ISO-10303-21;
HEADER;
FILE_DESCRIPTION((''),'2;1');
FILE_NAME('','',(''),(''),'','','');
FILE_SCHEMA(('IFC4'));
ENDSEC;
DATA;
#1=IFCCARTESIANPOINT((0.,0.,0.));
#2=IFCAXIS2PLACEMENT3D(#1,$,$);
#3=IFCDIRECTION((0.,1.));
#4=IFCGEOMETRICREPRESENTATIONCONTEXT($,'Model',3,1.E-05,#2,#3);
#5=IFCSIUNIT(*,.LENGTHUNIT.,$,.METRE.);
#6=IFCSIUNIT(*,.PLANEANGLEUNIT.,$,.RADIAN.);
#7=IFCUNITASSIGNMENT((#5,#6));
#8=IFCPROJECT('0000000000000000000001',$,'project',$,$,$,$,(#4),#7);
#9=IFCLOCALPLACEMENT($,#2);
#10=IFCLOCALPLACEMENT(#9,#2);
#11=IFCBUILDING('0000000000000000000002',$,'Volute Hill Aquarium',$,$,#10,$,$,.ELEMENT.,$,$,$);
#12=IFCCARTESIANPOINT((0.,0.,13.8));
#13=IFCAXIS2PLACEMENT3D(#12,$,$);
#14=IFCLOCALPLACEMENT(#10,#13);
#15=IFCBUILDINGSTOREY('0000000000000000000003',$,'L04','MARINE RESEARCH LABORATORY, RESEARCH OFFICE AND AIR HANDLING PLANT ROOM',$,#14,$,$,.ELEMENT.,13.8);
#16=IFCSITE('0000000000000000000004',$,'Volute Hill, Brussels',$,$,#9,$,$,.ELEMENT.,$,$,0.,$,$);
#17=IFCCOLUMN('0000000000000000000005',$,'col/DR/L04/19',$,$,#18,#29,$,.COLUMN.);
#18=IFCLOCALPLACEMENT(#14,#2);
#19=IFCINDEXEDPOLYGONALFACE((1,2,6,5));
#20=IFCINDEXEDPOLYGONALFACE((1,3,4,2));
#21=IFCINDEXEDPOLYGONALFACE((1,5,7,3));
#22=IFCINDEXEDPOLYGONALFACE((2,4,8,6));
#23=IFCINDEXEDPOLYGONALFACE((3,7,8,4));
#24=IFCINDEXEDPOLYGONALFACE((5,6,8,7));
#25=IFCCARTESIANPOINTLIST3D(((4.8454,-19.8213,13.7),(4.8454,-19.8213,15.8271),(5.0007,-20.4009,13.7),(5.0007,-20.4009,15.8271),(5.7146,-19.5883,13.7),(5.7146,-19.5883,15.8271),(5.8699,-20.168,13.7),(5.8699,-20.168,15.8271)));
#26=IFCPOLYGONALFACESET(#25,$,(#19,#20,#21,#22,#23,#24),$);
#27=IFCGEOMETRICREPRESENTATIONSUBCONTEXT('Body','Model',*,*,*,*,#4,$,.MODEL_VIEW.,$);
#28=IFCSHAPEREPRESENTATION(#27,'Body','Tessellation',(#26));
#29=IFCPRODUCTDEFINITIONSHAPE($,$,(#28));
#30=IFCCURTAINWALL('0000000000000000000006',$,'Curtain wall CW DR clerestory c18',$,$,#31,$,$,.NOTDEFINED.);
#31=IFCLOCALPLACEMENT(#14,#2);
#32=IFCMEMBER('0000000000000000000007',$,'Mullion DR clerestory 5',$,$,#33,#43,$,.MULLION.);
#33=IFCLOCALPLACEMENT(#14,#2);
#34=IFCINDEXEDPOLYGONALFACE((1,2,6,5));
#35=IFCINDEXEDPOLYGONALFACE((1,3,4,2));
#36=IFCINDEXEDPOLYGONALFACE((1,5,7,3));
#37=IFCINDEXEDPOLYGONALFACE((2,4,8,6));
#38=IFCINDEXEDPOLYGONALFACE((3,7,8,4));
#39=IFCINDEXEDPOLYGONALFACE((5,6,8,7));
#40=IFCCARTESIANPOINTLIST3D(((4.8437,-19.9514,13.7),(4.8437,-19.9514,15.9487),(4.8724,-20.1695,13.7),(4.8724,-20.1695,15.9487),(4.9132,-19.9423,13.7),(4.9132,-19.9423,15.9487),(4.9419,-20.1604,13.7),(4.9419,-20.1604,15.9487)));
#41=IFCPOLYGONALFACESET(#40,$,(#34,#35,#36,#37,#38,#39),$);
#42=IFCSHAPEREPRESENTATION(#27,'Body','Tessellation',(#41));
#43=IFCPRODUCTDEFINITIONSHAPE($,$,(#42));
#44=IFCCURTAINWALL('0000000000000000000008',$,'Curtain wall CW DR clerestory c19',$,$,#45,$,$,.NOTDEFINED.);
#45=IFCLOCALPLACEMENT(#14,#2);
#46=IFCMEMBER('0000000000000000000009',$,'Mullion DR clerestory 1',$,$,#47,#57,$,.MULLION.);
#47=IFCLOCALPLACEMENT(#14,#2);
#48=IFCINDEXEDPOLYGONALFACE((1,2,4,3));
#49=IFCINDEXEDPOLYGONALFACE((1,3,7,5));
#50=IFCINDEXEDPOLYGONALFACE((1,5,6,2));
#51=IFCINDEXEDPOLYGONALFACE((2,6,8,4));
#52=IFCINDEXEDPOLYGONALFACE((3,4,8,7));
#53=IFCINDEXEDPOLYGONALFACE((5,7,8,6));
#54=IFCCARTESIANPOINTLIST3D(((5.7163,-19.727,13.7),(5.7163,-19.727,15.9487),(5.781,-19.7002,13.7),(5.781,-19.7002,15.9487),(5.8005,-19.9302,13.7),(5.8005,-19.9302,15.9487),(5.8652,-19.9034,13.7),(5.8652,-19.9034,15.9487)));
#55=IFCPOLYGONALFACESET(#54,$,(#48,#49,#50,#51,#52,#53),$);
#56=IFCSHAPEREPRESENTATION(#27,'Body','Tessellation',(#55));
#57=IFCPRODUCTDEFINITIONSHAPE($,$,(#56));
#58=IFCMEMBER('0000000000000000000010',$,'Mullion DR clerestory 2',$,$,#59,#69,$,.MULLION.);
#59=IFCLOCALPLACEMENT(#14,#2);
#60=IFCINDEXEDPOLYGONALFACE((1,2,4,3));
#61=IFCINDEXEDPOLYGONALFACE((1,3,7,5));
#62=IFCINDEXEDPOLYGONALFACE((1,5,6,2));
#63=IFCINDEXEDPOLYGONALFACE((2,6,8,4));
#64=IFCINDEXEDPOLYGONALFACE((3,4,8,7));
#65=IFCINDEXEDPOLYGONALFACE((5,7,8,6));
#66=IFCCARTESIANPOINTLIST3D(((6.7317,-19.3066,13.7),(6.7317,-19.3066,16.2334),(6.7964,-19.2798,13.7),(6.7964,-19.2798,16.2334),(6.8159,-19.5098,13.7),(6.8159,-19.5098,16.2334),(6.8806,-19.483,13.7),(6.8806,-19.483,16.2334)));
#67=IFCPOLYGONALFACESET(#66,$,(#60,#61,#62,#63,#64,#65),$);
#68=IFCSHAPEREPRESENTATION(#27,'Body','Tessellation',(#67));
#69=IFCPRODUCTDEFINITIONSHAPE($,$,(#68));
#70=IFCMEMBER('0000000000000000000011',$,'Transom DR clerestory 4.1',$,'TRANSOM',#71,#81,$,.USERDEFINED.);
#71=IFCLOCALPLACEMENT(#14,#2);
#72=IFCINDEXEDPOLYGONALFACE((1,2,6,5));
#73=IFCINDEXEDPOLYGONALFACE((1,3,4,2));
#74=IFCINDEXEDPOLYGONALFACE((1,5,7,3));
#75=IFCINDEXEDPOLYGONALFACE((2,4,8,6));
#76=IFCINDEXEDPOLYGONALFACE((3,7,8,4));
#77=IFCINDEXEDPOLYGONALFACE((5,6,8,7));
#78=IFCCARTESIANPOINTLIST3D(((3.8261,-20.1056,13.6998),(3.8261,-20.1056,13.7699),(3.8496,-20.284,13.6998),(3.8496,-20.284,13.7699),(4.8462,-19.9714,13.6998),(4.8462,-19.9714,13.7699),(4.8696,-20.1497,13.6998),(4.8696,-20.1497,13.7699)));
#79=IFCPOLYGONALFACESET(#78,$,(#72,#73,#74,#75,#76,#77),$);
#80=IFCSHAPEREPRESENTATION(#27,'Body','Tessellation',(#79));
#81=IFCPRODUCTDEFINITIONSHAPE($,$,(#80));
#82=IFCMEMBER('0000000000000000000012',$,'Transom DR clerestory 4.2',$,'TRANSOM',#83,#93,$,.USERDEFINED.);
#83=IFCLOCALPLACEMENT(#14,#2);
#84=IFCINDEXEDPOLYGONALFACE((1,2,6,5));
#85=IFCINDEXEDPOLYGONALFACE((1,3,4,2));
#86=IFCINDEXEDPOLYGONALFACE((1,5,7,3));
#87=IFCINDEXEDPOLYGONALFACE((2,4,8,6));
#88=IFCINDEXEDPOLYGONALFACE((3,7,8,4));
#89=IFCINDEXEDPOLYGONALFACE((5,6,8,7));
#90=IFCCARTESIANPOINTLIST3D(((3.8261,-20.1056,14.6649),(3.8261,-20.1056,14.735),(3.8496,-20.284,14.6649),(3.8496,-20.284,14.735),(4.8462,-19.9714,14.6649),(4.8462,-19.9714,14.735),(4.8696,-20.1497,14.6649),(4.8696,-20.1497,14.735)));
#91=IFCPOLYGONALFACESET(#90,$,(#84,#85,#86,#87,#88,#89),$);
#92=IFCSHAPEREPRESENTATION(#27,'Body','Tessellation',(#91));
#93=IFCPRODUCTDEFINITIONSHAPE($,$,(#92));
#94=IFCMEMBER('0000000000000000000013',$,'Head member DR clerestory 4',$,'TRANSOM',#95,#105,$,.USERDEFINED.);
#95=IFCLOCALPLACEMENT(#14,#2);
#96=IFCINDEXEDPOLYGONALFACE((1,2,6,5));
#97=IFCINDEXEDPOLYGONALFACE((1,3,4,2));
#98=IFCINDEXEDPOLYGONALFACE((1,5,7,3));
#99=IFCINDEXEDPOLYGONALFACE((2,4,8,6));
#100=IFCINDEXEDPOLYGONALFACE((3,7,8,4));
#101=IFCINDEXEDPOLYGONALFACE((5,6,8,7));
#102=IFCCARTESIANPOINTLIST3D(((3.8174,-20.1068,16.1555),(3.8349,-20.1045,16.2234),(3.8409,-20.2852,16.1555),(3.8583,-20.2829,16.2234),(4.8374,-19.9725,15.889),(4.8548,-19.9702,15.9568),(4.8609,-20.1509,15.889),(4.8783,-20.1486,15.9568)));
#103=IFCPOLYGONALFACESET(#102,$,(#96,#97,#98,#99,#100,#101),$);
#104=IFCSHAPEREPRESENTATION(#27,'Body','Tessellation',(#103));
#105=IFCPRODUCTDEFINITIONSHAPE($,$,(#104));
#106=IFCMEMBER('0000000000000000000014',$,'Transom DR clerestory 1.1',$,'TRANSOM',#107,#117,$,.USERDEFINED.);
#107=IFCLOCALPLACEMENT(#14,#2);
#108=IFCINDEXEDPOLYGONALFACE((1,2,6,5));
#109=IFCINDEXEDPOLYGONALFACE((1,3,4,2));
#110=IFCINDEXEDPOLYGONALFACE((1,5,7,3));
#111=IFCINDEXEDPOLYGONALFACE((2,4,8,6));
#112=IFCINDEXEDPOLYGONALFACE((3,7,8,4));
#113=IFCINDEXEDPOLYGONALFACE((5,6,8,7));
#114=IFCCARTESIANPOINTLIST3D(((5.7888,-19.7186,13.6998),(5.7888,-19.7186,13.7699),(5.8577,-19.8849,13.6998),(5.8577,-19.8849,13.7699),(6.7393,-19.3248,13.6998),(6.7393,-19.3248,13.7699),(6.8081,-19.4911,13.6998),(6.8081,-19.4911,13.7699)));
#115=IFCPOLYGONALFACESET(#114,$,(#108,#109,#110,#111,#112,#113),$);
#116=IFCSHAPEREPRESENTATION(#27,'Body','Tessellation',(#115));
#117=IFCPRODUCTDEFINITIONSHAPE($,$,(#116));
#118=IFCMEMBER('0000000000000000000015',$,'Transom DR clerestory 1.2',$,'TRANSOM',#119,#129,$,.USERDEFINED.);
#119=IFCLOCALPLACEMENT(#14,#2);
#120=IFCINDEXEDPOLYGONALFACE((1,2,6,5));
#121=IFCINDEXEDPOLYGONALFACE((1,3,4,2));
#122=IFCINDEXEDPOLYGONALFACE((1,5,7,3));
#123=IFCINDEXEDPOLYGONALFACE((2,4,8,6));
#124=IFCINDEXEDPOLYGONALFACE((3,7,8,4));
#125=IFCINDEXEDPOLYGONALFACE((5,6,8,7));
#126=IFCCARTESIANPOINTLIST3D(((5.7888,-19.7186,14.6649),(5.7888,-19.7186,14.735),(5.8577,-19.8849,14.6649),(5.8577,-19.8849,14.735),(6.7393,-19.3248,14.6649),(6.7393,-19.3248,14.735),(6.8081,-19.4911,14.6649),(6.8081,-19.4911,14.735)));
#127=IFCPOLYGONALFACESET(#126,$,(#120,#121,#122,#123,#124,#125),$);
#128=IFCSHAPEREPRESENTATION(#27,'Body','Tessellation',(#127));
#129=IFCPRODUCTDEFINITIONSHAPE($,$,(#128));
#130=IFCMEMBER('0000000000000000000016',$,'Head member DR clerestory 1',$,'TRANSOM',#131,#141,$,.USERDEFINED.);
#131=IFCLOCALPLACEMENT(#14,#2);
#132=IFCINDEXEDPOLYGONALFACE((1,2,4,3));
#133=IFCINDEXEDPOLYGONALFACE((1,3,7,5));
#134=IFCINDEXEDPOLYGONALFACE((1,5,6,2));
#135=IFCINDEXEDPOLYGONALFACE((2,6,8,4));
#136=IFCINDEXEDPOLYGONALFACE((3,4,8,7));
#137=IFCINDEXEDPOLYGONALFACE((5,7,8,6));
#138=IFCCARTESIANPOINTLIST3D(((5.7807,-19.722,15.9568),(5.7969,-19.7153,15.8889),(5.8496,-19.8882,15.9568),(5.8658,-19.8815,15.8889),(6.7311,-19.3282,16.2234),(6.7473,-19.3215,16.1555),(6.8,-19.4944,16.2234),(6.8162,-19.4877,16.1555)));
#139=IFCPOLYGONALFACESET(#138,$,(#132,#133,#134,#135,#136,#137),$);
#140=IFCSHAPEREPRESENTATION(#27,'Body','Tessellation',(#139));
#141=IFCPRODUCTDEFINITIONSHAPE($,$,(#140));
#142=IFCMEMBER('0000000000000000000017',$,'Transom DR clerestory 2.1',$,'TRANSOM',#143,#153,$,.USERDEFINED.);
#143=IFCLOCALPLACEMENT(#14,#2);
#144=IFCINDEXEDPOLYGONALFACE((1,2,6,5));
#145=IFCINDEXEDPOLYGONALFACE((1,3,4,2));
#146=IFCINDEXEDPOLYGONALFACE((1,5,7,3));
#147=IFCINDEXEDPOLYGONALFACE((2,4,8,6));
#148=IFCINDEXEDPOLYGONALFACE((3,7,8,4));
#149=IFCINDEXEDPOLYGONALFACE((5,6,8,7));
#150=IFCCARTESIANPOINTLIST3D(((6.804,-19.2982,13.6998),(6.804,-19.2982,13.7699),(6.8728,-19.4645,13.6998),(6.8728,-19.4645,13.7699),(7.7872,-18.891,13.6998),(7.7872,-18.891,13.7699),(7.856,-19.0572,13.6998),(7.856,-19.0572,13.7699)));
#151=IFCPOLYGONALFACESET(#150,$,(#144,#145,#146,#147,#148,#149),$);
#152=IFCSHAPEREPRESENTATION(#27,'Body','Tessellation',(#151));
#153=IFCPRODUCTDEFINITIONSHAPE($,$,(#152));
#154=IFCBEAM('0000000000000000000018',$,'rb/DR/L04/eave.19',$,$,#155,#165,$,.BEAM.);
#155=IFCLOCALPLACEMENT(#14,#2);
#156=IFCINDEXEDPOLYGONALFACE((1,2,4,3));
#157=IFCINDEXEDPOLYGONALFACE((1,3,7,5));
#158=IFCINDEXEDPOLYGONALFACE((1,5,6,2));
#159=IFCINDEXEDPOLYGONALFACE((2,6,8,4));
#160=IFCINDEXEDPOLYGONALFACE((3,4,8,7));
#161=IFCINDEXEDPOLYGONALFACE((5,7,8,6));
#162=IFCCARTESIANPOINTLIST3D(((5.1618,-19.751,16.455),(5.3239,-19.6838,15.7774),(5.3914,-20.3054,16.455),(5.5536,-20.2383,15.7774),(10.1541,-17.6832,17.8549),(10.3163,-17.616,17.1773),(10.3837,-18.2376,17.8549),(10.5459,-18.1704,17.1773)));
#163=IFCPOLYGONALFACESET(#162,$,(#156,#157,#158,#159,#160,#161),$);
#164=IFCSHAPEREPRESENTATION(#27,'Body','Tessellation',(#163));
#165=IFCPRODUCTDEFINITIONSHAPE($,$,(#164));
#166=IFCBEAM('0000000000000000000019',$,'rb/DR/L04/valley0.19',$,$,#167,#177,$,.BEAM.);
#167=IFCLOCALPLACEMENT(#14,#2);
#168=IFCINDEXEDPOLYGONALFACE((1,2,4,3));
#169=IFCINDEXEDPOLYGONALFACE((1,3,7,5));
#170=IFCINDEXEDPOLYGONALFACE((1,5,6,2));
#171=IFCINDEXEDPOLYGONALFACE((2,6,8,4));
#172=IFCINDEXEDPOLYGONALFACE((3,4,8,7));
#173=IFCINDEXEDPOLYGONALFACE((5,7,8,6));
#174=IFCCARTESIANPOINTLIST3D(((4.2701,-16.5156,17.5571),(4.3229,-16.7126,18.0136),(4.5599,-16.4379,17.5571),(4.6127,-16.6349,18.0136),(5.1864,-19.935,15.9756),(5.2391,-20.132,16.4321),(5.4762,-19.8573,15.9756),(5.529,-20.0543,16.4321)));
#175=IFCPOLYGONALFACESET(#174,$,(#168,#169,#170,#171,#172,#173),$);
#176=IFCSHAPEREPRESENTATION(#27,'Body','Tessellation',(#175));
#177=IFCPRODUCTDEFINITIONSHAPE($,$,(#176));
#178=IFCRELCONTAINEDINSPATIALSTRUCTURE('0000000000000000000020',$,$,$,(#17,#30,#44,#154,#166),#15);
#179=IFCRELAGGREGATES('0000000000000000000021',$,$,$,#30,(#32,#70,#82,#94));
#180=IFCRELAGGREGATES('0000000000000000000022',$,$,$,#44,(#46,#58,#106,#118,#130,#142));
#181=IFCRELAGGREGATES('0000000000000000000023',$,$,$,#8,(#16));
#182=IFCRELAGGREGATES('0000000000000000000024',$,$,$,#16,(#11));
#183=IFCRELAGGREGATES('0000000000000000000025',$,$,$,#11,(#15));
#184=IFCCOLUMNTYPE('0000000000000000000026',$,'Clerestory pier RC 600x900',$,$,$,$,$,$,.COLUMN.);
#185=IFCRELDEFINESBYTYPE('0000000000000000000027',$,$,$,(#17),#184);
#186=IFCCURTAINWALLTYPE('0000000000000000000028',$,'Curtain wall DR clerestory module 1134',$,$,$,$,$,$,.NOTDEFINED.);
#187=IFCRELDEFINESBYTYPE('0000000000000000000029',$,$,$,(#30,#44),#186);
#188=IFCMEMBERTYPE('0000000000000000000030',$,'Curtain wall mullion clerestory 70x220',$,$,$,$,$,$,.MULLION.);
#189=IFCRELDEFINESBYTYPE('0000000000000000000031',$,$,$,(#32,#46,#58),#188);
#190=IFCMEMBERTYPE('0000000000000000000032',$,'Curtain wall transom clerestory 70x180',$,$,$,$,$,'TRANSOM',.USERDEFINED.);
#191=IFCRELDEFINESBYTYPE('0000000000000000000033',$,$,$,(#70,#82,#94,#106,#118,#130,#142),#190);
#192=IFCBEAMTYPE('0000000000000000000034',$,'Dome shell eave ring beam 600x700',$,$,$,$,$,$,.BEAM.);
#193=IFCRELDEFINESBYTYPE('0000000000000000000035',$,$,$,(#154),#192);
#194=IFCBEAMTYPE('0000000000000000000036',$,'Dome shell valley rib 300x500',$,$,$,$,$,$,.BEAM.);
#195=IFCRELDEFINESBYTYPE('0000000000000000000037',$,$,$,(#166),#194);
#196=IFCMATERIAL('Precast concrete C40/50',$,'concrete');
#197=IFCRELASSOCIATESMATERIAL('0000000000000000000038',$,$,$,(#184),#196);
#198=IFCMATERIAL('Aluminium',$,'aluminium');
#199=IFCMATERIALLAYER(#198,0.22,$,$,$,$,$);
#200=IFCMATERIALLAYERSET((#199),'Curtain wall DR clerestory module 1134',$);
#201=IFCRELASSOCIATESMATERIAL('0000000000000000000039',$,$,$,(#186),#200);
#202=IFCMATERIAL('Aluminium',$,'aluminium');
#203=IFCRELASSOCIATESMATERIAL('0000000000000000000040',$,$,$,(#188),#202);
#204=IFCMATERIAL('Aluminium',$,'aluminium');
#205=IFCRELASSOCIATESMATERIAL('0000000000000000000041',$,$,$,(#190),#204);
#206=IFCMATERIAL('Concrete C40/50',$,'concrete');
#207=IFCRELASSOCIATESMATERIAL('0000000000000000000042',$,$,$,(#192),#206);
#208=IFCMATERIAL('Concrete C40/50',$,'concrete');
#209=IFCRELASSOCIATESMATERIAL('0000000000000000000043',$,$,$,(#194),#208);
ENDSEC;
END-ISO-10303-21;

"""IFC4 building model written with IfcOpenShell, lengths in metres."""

from ifc_helpers import new_model, si_unit, direction, frame, origin, origin_2d, place, context, subcontext, project, spatial, rectangle, extrude, material, layer, layer_set, material_profile, profile_set, type_object, element, aggregate, save


model = new_model("IFC4")

# Units and contexts
model_context = context("Model", 3, precision=1e-05, world=origin(), true_north=direction((0.0, 1.0)))
body_context = subcontext(model_context, "Body", "Model", "MODEL_VIEW")
ifc_project = project(units=[si_unit("LENGTHUNIT", "METRE"), si_unit("PLANEANGLEUNIT", "RADIAN")], contexts=[model_context])

# Site, building, storey
site_placement = place(None, origin())
site = spatial("IfcSite", under=ifc_project, at=site_placement, Name="Volute Hill, Brussels", CompositionType="ELEMENT", RefElevation=0.0)
building_placement = place(site_placement, origin())
building = spatial("IfcBuilding", under=site, at=building_placement, Name="Volute Hill Aquarium", CompositionType="ELEMENT")
storey_placement = place(building_placement, frame((0.0, 0.0, 13.8)))
storey = spatial("IfcBuildingStorey", under=building, at=storey_placement, Name="L04", Description="MARINE RESEARCH LABORATORY, RESEARCH OFFICE AND AIR HANDLING PLANT ROOM", CompositionType="ELEMENT", Elevation=13.8)

# Column
ifc_material_1 = material(Name="Precast concrete C40/50", Category="concrete")
ifc_material_profile_1 = material_profile(ifc_material_1, rectangle(XDim=0.6001, YDim=0.8999, at=origin_2d()), Name="RC pier 600x900")
ifc_profile_set_1 = profile_set([ifc_material_profile_1], Name="Precast concrete C40/50")
column_type = type_object("IfcColumnType", Name="Clerestory pier RC 600x900", PredefinedType="COLUMN", material=ifc_profile_set_1)
column_placement = place(storey_placement, frame((5.3577, -19.9946, 13.7), z_axis=(0.0, 0.0, 1.0), x_axis=(0.258819, -0.965926, 0.0)))
element("IfcColumn", 1, at=column_placement, inside=storey, type_object=column_type, Name="col/DR/L04/19", PredefinedType="COLUMN", context=body_context, shape_type="SweptSolid", body=[
    extrude(rectangle(XDim=0.6001, YDim=0.8999, at=origin_2d()), origin(), (0.0, 0.0, 1.0), 2.1272),
])

# Curtain wall, member
ifc_material_2 = material(Name="Aluminium", Category="aluminium")
ifc_layer_1 = layer(ifc_material_2, 0.22)
ifc_layer_set_1 = layer_set([ifc_layer_1], Name="Curtain wall DR clerestory module 1134")
curtain_wall_type = type_object("IfcCurtainWallType", Name="Curtain wall DR clerestory module 1134", PredefinedType="NOTDEFINED", material=ifc_layer_set_1)
curtain_wall_1_placement = place(storey_placement, origin())
curtain_wall_1 = element("IfcCurtainWall", 2, at=curtain_wall_1_placement, inside=storey, type_object=curtain_wall_type, Name="Curtain wall CW DR clerestory c18", PredefinedType="NOTDEFINED")
ifc_material_3 = material(Name="Aluminium", Category="aluminium")
ifc_material_profile_2 = material_profile(ifc_material_3, rectangle(XDim=0.22, YDim=0.0701, at=origin_2d()), Name="Curtain wall mullion clerestory 70x220")
ifc_profile_set_2 = profile_set([ifc_material_profile_2], Name="Aluminium")
member_type_1 = type_object("IfcMemberType", Name="Curtain wall mullion clerestory 70x220", PredefinedType="MULLION", material=ifc_profile_set_2)
member_1_placement = place(storey_placement, frame((4.8928, -20.0559, 13.7), z_axis=(0.0, 0.0, 1.0), x_axis=(-0.130519, 0.991446, 0.0)))
member_1 = element("IfcMember", 3, at=member_1_placement, type_object=member_type_1, Name="Mullion DR clerestory 5", PredefinedType="MULLION", context=body_context, shape_type="SweptSolid", body=[
    extrude(rectangle(XDim=0.22, YDim=0.0701, at=origin_2d()), origin(), (0.0, 0.0, 1.0), 2.2488),
])

# Curtain wall, members
curtain_wall_2_placement = place(storey_placement, origin())
curtain_wall_2 = element("IfcCurtainWall", 4, at=curtain_wall_2_placement, inside=storey, type_object=curtain_wall_type, Name="Curtain wall CW DR clerestory c19", PredefinedType="NOTDEFINED")
member_2_placement = place(storey_placement, frame((5.7908, -19.8152, 13.7), z_axis=(0.0, 0.0, 1.0), x_axis=(-0.382696, 0.923874, 0.0)))
member_2 = element("IfcMember", 5, at=member_2_placement, type_object=member_type_1, Name="Mullion DR clerestory 1", PredefinedType="MULLION", context=body_context, shape_type="SweptSolid", body=[
    extrude(rectangle(XDim=0.22, YDim=0.0701, at=origin_2d()), origin(), (0.0, 0.0, 1.0), 2.2488),
])
member_3_placement = place(storey_placement, frame((6.8062, -19.3948, 13.7), z_axis=(0.0, 0.0, 1.0), x_axis=(-0.382696, 0.923874, 0.0)))
member_3 = element("IfcMember", 6, at=member_3_placement, type_object=member_type_1, Name="Mullion DR clerestory 2", PredefinedType="MULLION", context=body_context, shape_type="SweptSolid", body=[
    extrude(rectangle(XDim=0.22, YDim=0.0701, at=origin_2d()), origin(), (0.0, 0.0, 1.0), 2.5334),
])

# Members
ifc_material_4 = material(Name="Aluminium", Category="aluminium")
ifc_material_profile_3 = material_profile(ifc_material_4, rectangle(XDim=0.1799, YDim=0.0701, at=origin_2d()), Name="Curtain wall transom clerestory 70x180")
ifc_profile_set_3 = profile_set([ifc_material_profile_3], Name="Aluminium")
member_type_2 = type_object("IfcMemberType", Name="Curtain wall transom clerestory 70x180", ElementType="TRANSOM", PredefinedType="USERDEFINED", material=ifc_profile_set_3)
member_4_placement = place(storey_placement, frame((3.8379, -20.1948, 13.7349), z_axis=(0.991446, 0.130516, 0.0), x_axis=(-0.130516, 0.991446, 0.0)))
member_4 = element("IfcMember", 7, at=member_4_placement, type_object=member_type_2, Name="Transom DR clerestory 4.1", ObjectType="TRANSOM", PredefinedType="USERDEFINED", context=body_context, shape_type="SweptSolid", body=[
    extrude(rectangle(XDim=0.1799, YDim=0.0701, at=origin_2d()), origin(), (0.0, 0.0, 1.0), 1.0288),
])
member_5_placement = place(storey_placement, frame((3.8379, -20.1948, 14.7), z_axis=(0.991446, 0.130516, 0.0), x_axis=(-0.130516, 0.991446, 0.0)))
member_5 = element("IfcMember", 8, at=member_5_placement, type_object=member_type_2, Name="Transom DR clerestory 4.2", ObjectType="TRANSOM", PredefinedType="USERDEFINED", context=body_context, shape_type="SweptSolid", body=[
    extrude(rectangle(XDim=0.1799, YDim=0.0701, at=origin_2d()), origin(), (0.0, 0.0, 1.0), 1.0288),
])
member_6_placement = place(storey_placement, frame((3.8379, -20.1948, 16.1895), z_axis=(0.959746, 0.126343, -0.250848), x_axis=(-0.130516, 0.991446, 0.0)))
member_6 = element("IfcMember", 9, at=member_6_placement, type_object=member_type_2, Name="Head member DR clerestory 4", ObjectType="TRANSOM", PredefinedType="USERDEFINED", context=body_context, shape_type="SweptSolid", body=[
    extrude(rectangle(XDim=0.1799, YDim=0.0701, at=origin_2d()), origin(), (0.0, 0.0, 1.0), 1.0627),
])
member_7_placement = place(storey_placement, frame((5.8232, -19.8018, 13.7349), z_axis=(0.92384, 0.382778, 0.0), x_axis=(-0.382778, 0.92384, 0.0)))
member_7 = element("IfcMember", 10, at=member_7_placement, type_object=member_type_2, Name="Transom DR clerestory 1.1", ObjectType="TRANSOM", PredefinedType="USERDEFINED", context=body_context, shape_type="SweptSolid", body=[
    extrude(rectangle(XDim=0.1799, YDim=0.0701, at=origin_2d()), origin(), (0.0, 0.0, 1.0), 1.0288),
])
member_8_placement = place(storey_placement, frame((5.8232, -19.8018, 14.7), z_axis=(0.92384, 0.382778, 0.0), x_axis=(-0.382778, 0.92384, 0.0)))
member_8 = element("IfcMember", 11, at=member_8_placement, type_object=member_type_2, Name="Transom DR clerestory 1.2", ObjectType="TRANSOM", PredefinedType="USERDEFINED", context=body_context, shape_type="SweptSolid", body=[
    extrude(rectangle(XDim=0.1799, YDim=0.0701, at=origin_2d()), origin(), (0.0, 0.0, 1.0), 1.0288),
])
member_9_placement = place(storey_placement, frame((5.8232, -19.8018, 15.9229), z_axis=(0.8943, 0.370539, 0.250854), x_axis=(-0.382778, 0.92384, 0.0)))
member_9 = element("IfcMember", 12, at=member_9_placement, type_object=member_type_2, Name="Head member DR clerestory 1", ObjectType="TRANSOM", PredefinedType="USERDEFINED", context=body_context, shape_type="SweptSolid", body=[
    extrude(rectangle(XDim=0.1799, YDim=0.0701, at=origin_2d()), origin(), (0.0, 0.0, 1.0), 1.0627),
])
member_10_placement = place(storey_placement, frame((6.8384, -19.3813, 13.7349), z_axis=(0.923883, 0.382676, 0.0), x_axis=(-0.382676, 0.923883, 0.0)))
member_10 = element("IfcMember", 13, at=member_10_placement, type_object=member_type_2, Name="Transom DR clerestory 2.1", ObjectType="TRANSOM", PredefinedType="USERDEFINED", context=body_context, shape_type="SweptSolid", body=[
    extrude(rectangle(XDim=0.1799, YDim=0.0701, at=origin_2d()), origin(), (0.0, 0.0, 1.0), 1.0642),
])

# Beams
ifc_material_5 = material(Name="Concrete C40/50", Category="concrete")
ifc_material_profile_4 = material_profile(ifc_material_5, rectangle(XDim=0.6001, YDim=0.7, at=origin_2d()), Name="RC beam 600x700")
ifc_profile_set_4 = profile_set([ifc_material_profile_4], Name="Concrete C40/50")
beam_type_1 = type_object("IfcBeamType", Name="Dome shell eave ring beam 600x700", PredefinedType="BEAM", material=ifc_profile_set_4)
beam_1_placement = place(storey_placement, frame((5.3577, -19.9946, 16.1162), z_axis=(0.894359, 0.370445, 0.250783), x_axis=(-0.382674, 0.923884, 0.0)))
element("IfcBeam", 14, at=beam_1_placement, inside=storey, type_object=beam_type_1, Name="rb/DR/L04/eave.19", PredefinedType="BEAM", context=body_context, shape_type="SweptSolid", body=[
    extrude(rectangle(XDim=0.6001, YDim=0.7, at=origin_2d()), origin(), (0.0, 0.0, 1.0), 5.582),
])
ifc_material_6 = material(Name="Concrete C40/50", Category="concrete")
ifc_material_profile_5 = material_profile(ifc_material_6, rectangle(XDim=0.3, YDim=0.5, at=origin_2d()), Name="RC rib 300x500")
ifc_profile_set_5 = profile_set([ifc_material_profile_5], Name="Concrete C40/50")
beam_type_2 = type_object("IfcBeamType", Name="Dome shell valley rib 300x500", PredefinedType="BEAM", material=ifc_profile_set_5)
beam_2_placement = place(storey_placement, frame((5.3577, -19.9946, 16.2039), z_axis=(-0.236315, 0.881915, 0.4079), x_axis=(-0.965924, -0.258826, 0.0)))
element("IfcBeam", 15, at=beam_2_placement, inside=storey, type_object=beam_type_2, Name="rb/DR/L04/valley0.19", PredefinedType="BEAM", context=body_context, shape_type="SweptSolid", body=[
    extrude(rectangle(XDim=0.3, YDim=0.5, at=origin_2d()), origin(), (0.0, 0.0, 1.0), 3.8772),
])

aggregate(curtain_wall_1, [member_1, member_4, member_5, member_6])
aggregate(curtain_wall_2, [member_2, member_3, member_7, member_8, member_9, member_10])

save(model, "model.ifc")
